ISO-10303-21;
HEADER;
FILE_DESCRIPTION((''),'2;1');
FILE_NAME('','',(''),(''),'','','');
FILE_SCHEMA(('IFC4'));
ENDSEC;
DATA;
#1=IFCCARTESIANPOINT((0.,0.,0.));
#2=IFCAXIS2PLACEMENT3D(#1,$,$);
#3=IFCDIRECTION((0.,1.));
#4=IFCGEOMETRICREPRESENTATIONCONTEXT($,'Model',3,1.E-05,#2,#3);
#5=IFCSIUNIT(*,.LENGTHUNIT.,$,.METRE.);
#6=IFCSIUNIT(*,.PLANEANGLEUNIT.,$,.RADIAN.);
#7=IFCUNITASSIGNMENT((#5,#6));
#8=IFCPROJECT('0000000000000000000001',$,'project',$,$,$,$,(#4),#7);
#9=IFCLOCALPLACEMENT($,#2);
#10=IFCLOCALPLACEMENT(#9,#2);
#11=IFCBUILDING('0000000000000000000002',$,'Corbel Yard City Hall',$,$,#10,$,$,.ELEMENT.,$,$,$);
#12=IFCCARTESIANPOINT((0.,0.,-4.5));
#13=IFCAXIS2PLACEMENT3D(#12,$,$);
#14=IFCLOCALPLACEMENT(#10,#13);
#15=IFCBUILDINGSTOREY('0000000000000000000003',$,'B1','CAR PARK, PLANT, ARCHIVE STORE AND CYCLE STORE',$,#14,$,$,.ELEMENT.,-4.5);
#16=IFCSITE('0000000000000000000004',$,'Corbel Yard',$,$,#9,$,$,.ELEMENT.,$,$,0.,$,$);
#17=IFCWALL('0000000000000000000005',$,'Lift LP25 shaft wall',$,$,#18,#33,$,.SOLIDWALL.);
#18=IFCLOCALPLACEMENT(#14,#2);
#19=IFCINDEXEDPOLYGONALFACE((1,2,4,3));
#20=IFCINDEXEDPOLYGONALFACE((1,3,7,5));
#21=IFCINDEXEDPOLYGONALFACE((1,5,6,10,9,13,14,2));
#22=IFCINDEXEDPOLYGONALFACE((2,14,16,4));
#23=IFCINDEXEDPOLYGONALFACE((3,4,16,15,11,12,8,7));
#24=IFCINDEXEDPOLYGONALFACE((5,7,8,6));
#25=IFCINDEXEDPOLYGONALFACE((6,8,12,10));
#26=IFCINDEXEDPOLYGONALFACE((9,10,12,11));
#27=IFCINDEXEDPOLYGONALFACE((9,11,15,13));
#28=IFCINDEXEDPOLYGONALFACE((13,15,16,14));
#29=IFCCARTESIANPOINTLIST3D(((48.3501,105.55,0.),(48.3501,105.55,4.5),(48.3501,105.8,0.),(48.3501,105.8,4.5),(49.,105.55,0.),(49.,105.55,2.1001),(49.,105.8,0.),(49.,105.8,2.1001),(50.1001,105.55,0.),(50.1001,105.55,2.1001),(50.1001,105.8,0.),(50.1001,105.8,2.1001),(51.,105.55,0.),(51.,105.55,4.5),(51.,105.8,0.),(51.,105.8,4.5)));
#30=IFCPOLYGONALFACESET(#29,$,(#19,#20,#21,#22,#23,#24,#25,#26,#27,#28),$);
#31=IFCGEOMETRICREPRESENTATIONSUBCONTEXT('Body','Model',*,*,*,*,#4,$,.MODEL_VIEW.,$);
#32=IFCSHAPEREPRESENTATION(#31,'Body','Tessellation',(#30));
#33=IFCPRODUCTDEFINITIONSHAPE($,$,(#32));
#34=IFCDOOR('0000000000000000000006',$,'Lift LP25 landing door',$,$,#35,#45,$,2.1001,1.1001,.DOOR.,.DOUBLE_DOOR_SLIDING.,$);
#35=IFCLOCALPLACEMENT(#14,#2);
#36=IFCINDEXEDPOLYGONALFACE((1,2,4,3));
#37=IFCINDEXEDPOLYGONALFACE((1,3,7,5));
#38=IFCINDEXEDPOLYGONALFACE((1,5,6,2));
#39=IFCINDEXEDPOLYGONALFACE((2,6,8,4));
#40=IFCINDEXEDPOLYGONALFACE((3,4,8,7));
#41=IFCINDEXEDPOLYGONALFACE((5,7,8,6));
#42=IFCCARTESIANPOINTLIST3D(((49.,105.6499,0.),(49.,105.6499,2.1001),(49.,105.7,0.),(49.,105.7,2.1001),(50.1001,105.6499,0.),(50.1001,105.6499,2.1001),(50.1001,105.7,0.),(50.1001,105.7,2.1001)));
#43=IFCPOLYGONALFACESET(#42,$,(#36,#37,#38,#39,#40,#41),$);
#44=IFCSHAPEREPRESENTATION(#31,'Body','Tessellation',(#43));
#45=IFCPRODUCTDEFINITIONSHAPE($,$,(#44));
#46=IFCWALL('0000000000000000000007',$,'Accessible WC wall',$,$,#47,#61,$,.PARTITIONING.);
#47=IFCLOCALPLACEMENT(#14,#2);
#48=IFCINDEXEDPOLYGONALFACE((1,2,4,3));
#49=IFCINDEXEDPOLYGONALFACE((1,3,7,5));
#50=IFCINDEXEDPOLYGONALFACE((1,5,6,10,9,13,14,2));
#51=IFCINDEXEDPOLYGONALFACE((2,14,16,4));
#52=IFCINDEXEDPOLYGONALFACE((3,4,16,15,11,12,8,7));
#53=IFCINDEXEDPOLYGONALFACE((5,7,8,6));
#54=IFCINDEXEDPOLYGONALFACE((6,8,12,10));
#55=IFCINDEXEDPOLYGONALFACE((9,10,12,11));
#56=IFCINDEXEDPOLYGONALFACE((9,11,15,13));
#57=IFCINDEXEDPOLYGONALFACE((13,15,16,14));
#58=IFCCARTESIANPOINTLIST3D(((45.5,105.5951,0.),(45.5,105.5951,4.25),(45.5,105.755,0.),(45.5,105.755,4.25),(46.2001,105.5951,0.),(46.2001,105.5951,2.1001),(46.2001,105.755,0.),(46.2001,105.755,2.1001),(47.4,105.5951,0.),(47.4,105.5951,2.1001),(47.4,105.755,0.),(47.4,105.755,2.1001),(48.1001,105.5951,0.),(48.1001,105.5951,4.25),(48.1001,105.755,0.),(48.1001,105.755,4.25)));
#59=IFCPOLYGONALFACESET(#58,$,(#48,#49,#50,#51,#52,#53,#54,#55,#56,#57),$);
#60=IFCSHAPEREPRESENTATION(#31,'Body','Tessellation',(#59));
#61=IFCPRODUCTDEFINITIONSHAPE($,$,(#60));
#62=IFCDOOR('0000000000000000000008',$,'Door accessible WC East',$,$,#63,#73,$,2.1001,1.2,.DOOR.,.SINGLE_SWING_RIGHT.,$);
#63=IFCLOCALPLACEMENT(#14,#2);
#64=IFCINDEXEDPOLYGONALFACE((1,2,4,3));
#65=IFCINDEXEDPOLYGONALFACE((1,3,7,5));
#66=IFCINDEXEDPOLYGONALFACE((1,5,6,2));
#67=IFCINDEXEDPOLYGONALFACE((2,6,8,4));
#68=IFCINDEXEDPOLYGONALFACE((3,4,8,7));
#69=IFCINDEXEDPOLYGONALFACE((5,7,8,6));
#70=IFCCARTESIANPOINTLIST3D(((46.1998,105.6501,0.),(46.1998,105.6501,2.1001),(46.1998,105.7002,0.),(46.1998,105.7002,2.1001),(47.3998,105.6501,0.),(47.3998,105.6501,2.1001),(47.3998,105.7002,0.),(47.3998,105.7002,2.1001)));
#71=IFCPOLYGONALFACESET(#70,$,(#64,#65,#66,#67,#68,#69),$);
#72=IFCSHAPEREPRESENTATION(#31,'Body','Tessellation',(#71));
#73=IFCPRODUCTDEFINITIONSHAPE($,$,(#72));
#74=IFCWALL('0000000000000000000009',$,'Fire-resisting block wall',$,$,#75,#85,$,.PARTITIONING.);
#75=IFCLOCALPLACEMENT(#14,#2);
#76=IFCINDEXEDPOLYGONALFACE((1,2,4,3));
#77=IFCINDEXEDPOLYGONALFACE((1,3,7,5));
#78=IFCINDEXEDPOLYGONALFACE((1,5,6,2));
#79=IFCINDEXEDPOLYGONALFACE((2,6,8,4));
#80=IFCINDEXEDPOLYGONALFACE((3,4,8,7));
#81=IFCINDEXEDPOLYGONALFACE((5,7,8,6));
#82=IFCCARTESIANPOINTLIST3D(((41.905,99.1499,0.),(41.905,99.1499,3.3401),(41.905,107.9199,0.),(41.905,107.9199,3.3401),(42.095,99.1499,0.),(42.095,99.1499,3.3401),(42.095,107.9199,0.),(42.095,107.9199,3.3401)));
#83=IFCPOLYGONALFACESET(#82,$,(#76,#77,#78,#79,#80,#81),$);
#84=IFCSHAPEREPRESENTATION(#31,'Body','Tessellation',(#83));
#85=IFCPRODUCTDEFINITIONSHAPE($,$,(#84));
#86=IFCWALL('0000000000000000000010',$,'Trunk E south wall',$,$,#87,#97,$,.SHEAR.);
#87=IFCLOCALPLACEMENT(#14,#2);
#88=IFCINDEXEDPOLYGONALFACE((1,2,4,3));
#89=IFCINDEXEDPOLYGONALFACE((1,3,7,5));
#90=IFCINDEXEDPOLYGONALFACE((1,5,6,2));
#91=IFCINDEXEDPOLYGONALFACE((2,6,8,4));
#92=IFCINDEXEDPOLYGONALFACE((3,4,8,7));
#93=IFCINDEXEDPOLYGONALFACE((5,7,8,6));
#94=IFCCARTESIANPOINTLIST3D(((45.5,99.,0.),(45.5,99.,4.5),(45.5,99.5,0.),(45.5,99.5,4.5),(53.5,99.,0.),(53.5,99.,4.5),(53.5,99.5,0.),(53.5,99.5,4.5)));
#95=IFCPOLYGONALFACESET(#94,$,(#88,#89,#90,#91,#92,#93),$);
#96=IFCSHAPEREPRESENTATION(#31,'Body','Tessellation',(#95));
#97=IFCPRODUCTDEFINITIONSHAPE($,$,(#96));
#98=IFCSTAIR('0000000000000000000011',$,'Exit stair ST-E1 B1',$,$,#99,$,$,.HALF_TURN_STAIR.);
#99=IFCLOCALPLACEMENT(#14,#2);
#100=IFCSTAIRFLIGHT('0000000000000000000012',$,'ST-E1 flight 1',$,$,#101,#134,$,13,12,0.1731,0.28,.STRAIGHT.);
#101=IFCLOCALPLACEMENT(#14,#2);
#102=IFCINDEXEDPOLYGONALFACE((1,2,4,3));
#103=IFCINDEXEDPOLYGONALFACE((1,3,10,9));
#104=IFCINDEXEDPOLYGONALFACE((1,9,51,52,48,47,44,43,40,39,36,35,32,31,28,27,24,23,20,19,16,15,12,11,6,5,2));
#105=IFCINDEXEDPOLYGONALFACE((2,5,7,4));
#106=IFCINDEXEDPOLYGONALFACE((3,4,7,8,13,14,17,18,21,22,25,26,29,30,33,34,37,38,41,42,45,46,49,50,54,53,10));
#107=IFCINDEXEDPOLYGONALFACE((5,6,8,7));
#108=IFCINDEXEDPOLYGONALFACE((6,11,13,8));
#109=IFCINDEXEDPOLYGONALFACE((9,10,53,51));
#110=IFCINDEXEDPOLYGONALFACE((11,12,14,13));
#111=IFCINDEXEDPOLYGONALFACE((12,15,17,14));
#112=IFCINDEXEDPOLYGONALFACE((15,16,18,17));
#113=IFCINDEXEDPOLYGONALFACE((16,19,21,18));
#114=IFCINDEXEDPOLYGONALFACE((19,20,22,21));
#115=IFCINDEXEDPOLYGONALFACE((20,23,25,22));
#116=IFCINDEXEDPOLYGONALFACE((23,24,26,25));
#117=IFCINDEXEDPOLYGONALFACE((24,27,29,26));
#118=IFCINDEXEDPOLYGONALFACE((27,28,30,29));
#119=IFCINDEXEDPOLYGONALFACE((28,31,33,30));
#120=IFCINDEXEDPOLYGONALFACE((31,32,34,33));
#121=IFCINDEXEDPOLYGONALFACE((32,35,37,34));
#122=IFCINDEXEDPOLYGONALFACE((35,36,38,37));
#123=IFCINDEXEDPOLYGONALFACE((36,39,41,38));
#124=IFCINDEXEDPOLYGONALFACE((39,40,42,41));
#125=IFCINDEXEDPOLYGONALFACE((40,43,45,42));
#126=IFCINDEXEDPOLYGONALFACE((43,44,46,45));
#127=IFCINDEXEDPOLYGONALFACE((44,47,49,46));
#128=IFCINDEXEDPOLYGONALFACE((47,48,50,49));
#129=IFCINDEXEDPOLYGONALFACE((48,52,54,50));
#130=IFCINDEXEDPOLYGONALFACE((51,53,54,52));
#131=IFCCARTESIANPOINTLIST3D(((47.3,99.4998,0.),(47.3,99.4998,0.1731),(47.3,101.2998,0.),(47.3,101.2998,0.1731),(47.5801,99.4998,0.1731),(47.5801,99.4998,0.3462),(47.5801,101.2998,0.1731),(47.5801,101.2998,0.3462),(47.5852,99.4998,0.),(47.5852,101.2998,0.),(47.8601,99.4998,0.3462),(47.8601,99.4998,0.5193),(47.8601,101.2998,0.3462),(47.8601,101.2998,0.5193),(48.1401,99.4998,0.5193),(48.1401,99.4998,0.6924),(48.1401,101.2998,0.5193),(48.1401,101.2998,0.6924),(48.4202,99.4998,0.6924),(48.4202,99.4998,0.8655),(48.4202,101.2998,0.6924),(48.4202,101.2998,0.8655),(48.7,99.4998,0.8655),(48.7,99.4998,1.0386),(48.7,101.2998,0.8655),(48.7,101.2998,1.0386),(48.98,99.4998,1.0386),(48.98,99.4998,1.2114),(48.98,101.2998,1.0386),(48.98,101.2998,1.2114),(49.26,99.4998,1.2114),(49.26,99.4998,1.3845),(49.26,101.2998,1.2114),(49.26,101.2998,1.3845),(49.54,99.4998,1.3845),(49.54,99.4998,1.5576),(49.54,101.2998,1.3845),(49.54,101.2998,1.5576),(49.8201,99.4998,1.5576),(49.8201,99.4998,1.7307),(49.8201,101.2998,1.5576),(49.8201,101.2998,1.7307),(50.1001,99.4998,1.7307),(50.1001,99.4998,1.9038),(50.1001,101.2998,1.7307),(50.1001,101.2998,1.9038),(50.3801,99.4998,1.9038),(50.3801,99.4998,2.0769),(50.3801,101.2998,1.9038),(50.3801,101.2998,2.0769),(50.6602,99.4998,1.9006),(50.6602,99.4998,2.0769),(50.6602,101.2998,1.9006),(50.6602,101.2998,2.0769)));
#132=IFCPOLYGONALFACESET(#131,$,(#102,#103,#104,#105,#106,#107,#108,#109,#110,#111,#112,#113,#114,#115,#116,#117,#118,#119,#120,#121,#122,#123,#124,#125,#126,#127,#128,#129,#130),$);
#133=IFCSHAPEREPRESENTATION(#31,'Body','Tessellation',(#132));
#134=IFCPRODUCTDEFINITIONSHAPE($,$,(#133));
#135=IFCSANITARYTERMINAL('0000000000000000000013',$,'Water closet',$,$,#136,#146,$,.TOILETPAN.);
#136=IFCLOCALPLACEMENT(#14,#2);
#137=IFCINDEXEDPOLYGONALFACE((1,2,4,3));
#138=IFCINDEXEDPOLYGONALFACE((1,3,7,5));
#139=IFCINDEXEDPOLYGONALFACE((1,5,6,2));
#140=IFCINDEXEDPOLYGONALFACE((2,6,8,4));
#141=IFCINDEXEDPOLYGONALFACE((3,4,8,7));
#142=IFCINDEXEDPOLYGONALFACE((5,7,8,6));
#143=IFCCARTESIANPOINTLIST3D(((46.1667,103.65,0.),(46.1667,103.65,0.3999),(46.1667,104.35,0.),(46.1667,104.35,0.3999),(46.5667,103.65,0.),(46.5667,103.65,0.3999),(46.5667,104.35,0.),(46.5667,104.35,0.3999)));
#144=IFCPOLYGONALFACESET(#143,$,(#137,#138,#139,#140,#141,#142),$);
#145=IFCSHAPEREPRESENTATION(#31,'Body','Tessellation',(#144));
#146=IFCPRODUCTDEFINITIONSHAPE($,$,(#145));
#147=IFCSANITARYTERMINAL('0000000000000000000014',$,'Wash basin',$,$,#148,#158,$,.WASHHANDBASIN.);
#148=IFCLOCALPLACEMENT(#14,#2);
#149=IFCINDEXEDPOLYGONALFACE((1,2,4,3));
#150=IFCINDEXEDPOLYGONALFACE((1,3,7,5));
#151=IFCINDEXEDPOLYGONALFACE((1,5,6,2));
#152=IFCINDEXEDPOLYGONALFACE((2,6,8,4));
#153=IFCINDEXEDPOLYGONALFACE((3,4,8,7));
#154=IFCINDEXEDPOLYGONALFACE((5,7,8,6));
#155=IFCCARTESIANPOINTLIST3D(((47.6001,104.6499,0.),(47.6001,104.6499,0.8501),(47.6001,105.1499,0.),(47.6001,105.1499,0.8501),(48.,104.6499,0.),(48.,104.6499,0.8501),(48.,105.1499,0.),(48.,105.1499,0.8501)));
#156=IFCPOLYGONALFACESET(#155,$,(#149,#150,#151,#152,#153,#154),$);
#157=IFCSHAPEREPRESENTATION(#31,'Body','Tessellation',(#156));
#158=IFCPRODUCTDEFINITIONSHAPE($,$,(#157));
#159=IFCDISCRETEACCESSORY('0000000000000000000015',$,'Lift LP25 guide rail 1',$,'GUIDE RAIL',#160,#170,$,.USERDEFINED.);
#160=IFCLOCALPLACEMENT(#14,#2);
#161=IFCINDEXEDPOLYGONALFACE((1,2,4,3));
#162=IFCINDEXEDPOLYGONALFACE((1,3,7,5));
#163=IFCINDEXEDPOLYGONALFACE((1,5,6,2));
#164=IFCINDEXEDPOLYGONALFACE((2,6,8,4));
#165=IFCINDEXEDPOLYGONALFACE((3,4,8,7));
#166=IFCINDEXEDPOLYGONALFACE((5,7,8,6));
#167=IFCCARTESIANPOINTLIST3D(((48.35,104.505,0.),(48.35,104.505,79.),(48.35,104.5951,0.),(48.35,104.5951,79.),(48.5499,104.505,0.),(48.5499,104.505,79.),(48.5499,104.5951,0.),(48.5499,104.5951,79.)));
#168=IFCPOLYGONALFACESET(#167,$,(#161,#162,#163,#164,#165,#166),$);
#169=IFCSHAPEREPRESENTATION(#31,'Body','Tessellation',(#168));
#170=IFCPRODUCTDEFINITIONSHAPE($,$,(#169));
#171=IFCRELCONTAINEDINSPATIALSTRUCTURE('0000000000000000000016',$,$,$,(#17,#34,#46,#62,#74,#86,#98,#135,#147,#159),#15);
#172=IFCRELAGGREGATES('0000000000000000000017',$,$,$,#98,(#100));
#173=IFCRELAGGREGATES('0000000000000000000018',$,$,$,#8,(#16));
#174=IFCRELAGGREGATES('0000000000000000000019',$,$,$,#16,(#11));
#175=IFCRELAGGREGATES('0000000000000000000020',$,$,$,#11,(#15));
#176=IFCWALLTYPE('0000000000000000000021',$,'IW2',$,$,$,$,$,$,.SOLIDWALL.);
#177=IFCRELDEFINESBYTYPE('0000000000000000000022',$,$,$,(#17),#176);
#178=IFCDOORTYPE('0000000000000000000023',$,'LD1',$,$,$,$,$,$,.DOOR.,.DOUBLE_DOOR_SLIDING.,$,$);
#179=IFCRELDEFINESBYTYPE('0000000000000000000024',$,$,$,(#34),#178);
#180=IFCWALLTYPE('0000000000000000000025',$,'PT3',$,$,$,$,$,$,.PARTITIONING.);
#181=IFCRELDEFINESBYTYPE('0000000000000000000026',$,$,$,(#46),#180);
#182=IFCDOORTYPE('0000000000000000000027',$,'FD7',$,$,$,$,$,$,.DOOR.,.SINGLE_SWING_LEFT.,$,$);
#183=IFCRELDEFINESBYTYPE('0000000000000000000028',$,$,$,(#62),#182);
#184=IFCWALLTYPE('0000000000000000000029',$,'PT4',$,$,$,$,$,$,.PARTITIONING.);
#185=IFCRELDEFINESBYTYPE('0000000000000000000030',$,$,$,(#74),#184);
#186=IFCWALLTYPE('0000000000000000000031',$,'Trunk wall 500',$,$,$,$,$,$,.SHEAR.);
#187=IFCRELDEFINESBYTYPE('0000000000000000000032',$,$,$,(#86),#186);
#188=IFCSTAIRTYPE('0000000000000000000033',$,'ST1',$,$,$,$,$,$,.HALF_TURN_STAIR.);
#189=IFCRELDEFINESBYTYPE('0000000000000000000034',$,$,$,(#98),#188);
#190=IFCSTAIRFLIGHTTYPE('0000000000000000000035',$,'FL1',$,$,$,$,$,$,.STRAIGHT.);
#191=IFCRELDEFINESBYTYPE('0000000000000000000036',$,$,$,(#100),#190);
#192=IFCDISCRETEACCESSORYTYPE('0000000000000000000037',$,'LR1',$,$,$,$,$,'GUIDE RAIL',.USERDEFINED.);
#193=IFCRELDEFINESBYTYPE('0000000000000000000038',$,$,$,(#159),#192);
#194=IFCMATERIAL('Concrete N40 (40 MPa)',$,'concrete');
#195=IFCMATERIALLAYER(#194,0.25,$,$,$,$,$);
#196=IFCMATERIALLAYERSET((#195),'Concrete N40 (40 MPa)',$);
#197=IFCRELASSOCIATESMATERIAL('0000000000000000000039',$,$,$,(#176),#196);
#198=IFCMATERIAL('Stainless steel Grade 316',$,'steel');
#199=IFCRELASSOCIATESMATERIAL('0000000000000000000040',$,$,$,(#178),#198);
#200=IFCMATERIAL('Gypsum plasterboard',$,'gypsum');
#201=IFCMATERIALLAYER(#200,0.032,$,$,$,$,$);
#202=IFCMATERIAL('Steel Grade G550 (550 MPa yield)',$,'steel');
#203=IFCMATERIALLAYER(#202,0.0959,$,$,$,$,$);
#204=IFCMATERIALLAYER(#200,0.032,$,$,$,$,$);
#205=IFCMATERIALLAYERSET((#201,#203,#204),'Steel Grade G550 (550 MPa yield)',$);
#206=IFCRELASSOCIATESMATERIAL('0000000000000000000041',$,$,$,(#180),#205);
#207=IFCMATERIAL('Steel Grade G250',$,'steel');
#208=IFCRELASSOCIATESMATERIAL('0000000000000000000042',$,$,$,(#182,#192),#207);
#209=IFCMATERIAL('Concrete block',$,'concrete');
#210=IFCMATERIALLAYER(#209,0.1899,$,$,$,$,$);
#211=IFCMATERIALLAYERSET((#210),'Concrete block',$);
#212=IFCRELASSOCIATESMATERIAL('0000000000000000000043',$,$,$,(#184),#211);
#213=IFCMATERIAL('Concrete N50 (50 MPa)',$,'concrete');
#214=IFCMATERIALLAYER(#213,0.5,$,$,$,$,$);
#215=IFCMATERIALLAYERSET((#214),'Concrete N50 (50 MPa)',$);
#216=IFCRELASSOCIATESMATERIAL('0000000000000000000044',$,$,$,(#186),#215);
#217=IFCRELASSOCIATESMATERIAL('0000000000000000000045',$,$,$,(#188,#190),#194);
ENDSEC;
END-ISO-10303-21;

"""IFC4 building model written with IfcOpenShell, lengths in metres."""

from ifc_helpers import new_model, si_unit, direction, frame, frame_2d, origin, origin_2d, place, context, subcontext, project, spatial, polyline, rectangle, outline, extrude, material, layer, layer_set, type_object, element, fill, aggregate, save


model = new_model("IFC4")

# Units and contexts
model_context = context("Model", 3, precision=1e-05, world=origin(), true_north=direction((0.0, 1.0)))
body_context = subcontext(model_context, "Body", "Model", "MODEL_VIEW")
ifc_project = project(units=[si_unit("LENGTHUNIT", "METRE"), si_unit("PLANEANGLEUNIT", "RADIAN")], contexts=[model_context])

# Site, building, storey
site_placement = place(None, origin())
site = spatial("IfcSite", under=ifc_project, at=site_placement, Name="Corbel Yard", CompositionType="ELEMENT", RefElevation=0.0)
building_placement = place(site_placement, origin())
building = spatial("IfcBuilding", under=site, at=building_placement, Name="Corbel Yard City Hall", CompositionType="ELEMENT")
storey_placement = place(building_placement, frame((0.0, 0.0, -4.5)))
storey = spatial("IfcBuildingStorey", under=building, at=storey_placement, Name="B1", Description="CAR PARK, PLANT, ARCHIVE STORE AND CYCLE STORE", CompositionType="ELEMENT", Elevation=-4.5)

# Shared definitions
ifc_material_1 = material(Name="Concrete N40 (40 MPa)", Category="concrete")

# Shared definitions
ifc_layer_1 = layer(ifc_material_1, 0.25)
ifc_layer_set_1 = layer_set([ifc_layer_1], Name="Concrete N40 (40 MPa)")
wall_type_1 = type_object("IfcWallType", Name="IW2", PredefinedType="SOLIDWALL", material=ifc_layer_set_1)

# Walls, openings, doors
wall_1_placement = place(storey_placement, frame((48.3501, 105.675, 0.0), z_axis=(0.0, 0.0, 1.0), x_axis=(1.0, 0.0, 0.0)))
wall_1 = element("IfcWall", 1, at=wall_1_placement, inside=storey, type_object=wall_type_1, Name="Lift LP25 shaft wall", PredefinedType="SOLIDWALL", context=body_context, shape_type="SweptSolid", body=[
    extrude(rectangle(XDim=2.6499, YDim=0.25, at=frame_2d((1.325, 0.0))), origin(), (0.0, 0.0, 1.0), 4.5),
])
opening_1_placement = place(wall_1_placement, frame((0.6499, 0.0, 0.0)))
opening_1 = element("IfcOpeningElement", 2, at=opening_1_placement, cuts=wall_1, PredefinedType="OPENING", context=body_context, shape_type="SweptSolid", body=[
    extrude(rectangle(XDim=1.1001, YDim=2.1001, at=frame_2d((0.55, 1.05))), frame((0.0, 0.135, 0.0), z_axis=(0.0, -1.0, 0.0), x_axis=(1.0, 0.0, 0.0)), (0.0, 0.0, 1.0), 0.27),
])
ifc_material_2 = material(Name="Stainless steel Grade 316", Category="steel")
door_type_1 = type_object("IfcDoorType", Name="LD1", OperationType="DOUBLE_DOOR_SLIDING", PredefinedType="DOOR", material=ifc_material_2)
door_1_placement = place(opening_1_placement, origin())
door_1 = element("IfcDoor", 3, at=door_1_placement, inside=storey, type_object=door_type_1, Name="Lift LP25 landing door", OperationType="DOUBLE_DOOR_SLIDING", OverallHeight=2.1001, OverallWidth=1.1001, PredefinedType="DOOR", context=body_context, shape_type="SweptSolid", body=[
    extrude(rectangle(XDim=1.1001, YDim=2.1001, at=frame_2d((0.55, 1.05))), frame((0.0, 0.0249, 0.0), z_axis=(0.0, -1.0, 0.0), x_axis=(1.0, 0.0, 0.0)), (0.0, 0.0, 1.0), 0.05),
])
fill(opening_1, door_1)
ifc_material_3 = material(Name="Gypsum plasterboard", Category="gypsum")
ifc_layer_2 = layer(ifc_material_3, 0.032)
ifc_material_4 = material(Name="Steel Grade G550 (550 MPa yield)", Category="steel")
ifc_layer_3 = layer(ifc_material_4, 0.0959)
ifc_layer_4 = layer(ifc_material_3, 0.032)
ifc_layer_set_2 = layer_set([ifc_layer_2, ifc_layer_3, ifc_layer_4], Name="Steel Grade G550 (550 MPa yield)")
wall_type_2 = type_object("IfcWallType", Name="PT3", PredefinedType="PARTITIONING", material=ifc_layer_set_2)
wall_2_placement = place(storey_placement, frame((45.5, 105.675, 0.0), z_axis=(0.0, 0.0, 1.0), x_axis=(1.0, 0.0, 0.0)))
wall_2 = element("IfcWall", 4, at=wall_2_placement, inside=storey, type_object=wall_type_2, Name="Accessible WC wall", PredefinedType="PARTITIONING", context=body_context, shape_type="SweptSolid", body=[
    extrude(rectangle(XDim=2.6001, YDim=0.1599, at=frame_2d((1.3, 0.0))), origin(), (0.0, 0.0, 1.0), 4.25),
])
opening_2_placement = place(wall_2_placement, frame((0.7, 0.0, 0.0)))
opening_2 = element("IfcOpeningElement", 5, at=opening_2_placement, cuts=wall_2, PredefinedType="OPENING", context=body_context, shape_type="SweptSolid", body=[
    extrude(rectangle(XDim=1.2, YDim=2.1001, at=frame_2d((0.6001, 1.05))), frame((0.0, 0.0898, 0.0), z_axis=(0.0, -1.0, 0.0), x_axis=(1.0, 0.0, 0.0)), (0.0, 0.0, 1.0), 0.1799),
])
ifc_material_5 = material(Name="Steel Grade G250", Category="steel")
door_type_2 = type_object("IfcDoorType", Name="FD7", OperationType="SINGLE_SWING_LEFT", PredefinedType="DOOR", material=ifc_material_5)
door_2_placement = place(opening_2_placement, frame((1.2, 0.0, 0.0), z_axis=(0.0, 0.0, 1.0), x_axis=(-1.0, 0.0, 0.0)))
door_2 = element("IfcDoor", 6, at=door_2_placement, inside=storey, type_object=door_type_2, Name="Door accessible WC East", OperationType="SINGLE_SWING_RIGHT", OverallHeight=2.1001, OverallWidth=1.2, PredefinedType="DOOR", context=body_context, shape_type="SweptSolid", body=[
    extrude(rectangle(XDim=1.2, YDim=2.1001, at=frame_2d((0.6001, 1.05))), frame((0.0, 0.0249, 0.0), z_axis=(0.0, -1.0, 0.0), x_axis=(1.0, 0.0, 0.0)), (0.0, 0.0, 1.0), 0.05),
])
fill(opening_2, door_2)

# Walls
ifc_material_6 = material(Name="Concrete block", Category="concrete")
ifc_layer_5 = layer(ifc_material_6, 0.1899)
ifc_layer_set_3 = layer_set([ifc_layer_5], Name="Concrete block")
wall_type_3 = type_object("IfcWallType", Name="PT4", PredefinedType="PARTITIONING", material=ifc_layer_set_3)
wall_3_placement = place(storey_placement, frame((42.0, 99.1499, 0.0), z_axis=(0.0, 0.0, 1.0), x_axis=(0.0, 1.0, 0.0)))
element("IfcWall", 7, at=wall_3_placement, inside=storey, type_object=wall_type_3, Name="Fire-resisting block wall", PredefinedType="PARTITIONING", context=body_context, shape_type="SweptSolid", body=[
    extrude(rectangle(XDim=8.77, YDim=0.1899, at=frame_2d((4.385, 0.0))), origin(), (0.0, 0.0, 1.0), 3.3401),
])
ifc_material_7 = material(Name="Concrete N50 (50 MPa)", Category="concrete")
ifc_layer_6 = layer(ifc_material_7, 0.5)
ifc_layer_set_4 = layer_set([ifc_layer_6], Name="Concrete N50 (50 MPa)")
wall_type_4 = type_object("IfcWallType", Name="Trunk wall 500", PredefinedType="SHEAR", material=ifc_layer_set_4)
wall_4_placement = place(storey_placement, frame((45.5, 99.25, 0.0), z_axis=(0.0, 0.0, 1.0), x_axis=(1.0, 0.0, 0.0)))
element("IfcWall", 8, at=wall_4_placement, inside=storey, type_object=wall_type_4, Name="Trunk E south wall", PredefinedType="SHEAR", context=body_context, shape_type="SweptSolid", body=[
    extrude(rectangle(XDim=8.0, YDim=0.5, at=frame_2d((4.0, 0.0))), origin(), (0.0, 0.0, 1.0), 4.5),
])

# Stair, stair flight
stair_type = type_object("IfcStairType", Name="ST1", PredefinedType="HALF_TURN_STAIR", material=ifc_material_1)
stair_placement = place(storey_placement, origin())
stair = element("IfcStair", 9, at=stair_placement, inside=storey, type_object=stair_type, Name="Exit stair ST-E1 B1", PredefinedType="HALF_TURN_STAIR")
stair_flight_type = type_object("IfcStairFlightType", Name="FL1", PredefinedType="STRAIGHT", material=ifc_material_1)
stair_flight_placement = place(storey_placement, frame((47.3, 100.3999, 0.0), z_axis=(0.0, 0.0, 1.0), x_axis=(1.0, 0.0, 0.0)))
stair_flight = element("IfcStairFlight", 10, at=stair_flight_placement, type_object=stair_flight_type, Name="ST-E1 flight 1", NumberOfRisers=13, NumberOfTreads=12, PredefinedType="STRAIGHT", RiserHeight=0.1731, TreadLength=0.28, context=body_context, shape_type="SweptSolid", body=[
    extrude(outline(polyline([(0.0, 0.0), (0.0, 0.1731), (0.28, 0.1731), (0.28, 0.3462), (0.5601, 0.3462), (0.5601, 0.5193), (0.8401, 0.5193), (0.8401, 0.6924), (1.1201, 0.6924), (1.1201, 0.8655), (1.3999, 0.8655), (1.3999, 1.0386), (1.6799, 1.0386), (1.6799, 1.2114), (1.96, 1.2114), (1.96, 1.3845), (2.24, 1.3845), (2.24, 1.5576), (2.52, 1.5576), (2.52, 1.7307), (2.8, 1.7307), (2.8, 1.9038), (3.0801, 1.9038), (3.0801, 2.0769), (3.3601, 2.0769), (3.3601, 2.25), (3.3601, 1.9006), (0.2852, 0.0), (0.0, 0.0)])), frame((0.0, 0.8999, 0.0), z_axis=(0.0, -1.0, 0.0), x_axis=(1.0, 0.0, 0.0)), (0.0, 0.0, 1.0), 1.8),
])
aggregate(stair, [stair_flight])

# Sanitary terminals
sanitary_terminal_1_placement = place(storey_placement, frame((46.3667, 104.0, 0.0), z_axis=(0.0, 0.0, 1.0), x_axis=(1.0, 0.0, 0.0)))
element("IfcSanitaryTerminal", 11, at=sanitary_terminal_1_placement, inside=storey, Name="Water closet", PredefinedType="TOILETPAN", context=body_context, shape_type="SweptSolid", body=[
    extrude(rectangle(XDim=0.3999, YDim=0.7, at=origin_2d()), origin(), (0.0, 0.0, 1.0), 0.3999),
])
sanitary_terminal_2_placement = place(storey_placement, frame((47.8, 104.8999, 0.0), z_axis=(0.0, 0.0, 1.0), x_axis=(1.0, 0.0, 0.0)))
element("IfcSanitaryTerminal", 12, at=sanitary_terminal_2_placement, inside=storey, Name="Wash basin", PredefinedType="WASHHANDBASIN", context=body_context, shape_type="SweptSolid", body=[
    extrude(rectangle(XDim=0.3999, YDim=0.5, at=origin_2d()), origin(), (0.0, 0.0, 1.0), 0.8501),
])

# Discrete accessory
discrete_accessory_type = type_object("IfcDiscreteAccessoryType", Name="LR1", ElementType="GUIDE RAIL", PredefinedType="USERDEFINED", material=ifc_material_5)
discrete_accessory_placement = place(storey_placement, frame((48.45, 104.55, 0.0), z_axis=(0.0, 0.0, 1.0), x_axis=(1.0, 0.0, 0.0)))
element("IfcDiscreteAccessory", 13, at=discrete_accessory_placement, inside=storey, type_object=discrete_accessory_type, Name="Lift LP25 guide rail 1", ObjectType="GUIDE RAIL", PredefinedType="USERDEFINED", context=body_context, shape_type="SweptSolid", body=[
    extrude(rectangle(XDim=0.2, YDim=0.0901, at=origin_2d()), origin(), (0.0, 0.0, 1.0), 79.0),
])

save(model, "model.ifc")
